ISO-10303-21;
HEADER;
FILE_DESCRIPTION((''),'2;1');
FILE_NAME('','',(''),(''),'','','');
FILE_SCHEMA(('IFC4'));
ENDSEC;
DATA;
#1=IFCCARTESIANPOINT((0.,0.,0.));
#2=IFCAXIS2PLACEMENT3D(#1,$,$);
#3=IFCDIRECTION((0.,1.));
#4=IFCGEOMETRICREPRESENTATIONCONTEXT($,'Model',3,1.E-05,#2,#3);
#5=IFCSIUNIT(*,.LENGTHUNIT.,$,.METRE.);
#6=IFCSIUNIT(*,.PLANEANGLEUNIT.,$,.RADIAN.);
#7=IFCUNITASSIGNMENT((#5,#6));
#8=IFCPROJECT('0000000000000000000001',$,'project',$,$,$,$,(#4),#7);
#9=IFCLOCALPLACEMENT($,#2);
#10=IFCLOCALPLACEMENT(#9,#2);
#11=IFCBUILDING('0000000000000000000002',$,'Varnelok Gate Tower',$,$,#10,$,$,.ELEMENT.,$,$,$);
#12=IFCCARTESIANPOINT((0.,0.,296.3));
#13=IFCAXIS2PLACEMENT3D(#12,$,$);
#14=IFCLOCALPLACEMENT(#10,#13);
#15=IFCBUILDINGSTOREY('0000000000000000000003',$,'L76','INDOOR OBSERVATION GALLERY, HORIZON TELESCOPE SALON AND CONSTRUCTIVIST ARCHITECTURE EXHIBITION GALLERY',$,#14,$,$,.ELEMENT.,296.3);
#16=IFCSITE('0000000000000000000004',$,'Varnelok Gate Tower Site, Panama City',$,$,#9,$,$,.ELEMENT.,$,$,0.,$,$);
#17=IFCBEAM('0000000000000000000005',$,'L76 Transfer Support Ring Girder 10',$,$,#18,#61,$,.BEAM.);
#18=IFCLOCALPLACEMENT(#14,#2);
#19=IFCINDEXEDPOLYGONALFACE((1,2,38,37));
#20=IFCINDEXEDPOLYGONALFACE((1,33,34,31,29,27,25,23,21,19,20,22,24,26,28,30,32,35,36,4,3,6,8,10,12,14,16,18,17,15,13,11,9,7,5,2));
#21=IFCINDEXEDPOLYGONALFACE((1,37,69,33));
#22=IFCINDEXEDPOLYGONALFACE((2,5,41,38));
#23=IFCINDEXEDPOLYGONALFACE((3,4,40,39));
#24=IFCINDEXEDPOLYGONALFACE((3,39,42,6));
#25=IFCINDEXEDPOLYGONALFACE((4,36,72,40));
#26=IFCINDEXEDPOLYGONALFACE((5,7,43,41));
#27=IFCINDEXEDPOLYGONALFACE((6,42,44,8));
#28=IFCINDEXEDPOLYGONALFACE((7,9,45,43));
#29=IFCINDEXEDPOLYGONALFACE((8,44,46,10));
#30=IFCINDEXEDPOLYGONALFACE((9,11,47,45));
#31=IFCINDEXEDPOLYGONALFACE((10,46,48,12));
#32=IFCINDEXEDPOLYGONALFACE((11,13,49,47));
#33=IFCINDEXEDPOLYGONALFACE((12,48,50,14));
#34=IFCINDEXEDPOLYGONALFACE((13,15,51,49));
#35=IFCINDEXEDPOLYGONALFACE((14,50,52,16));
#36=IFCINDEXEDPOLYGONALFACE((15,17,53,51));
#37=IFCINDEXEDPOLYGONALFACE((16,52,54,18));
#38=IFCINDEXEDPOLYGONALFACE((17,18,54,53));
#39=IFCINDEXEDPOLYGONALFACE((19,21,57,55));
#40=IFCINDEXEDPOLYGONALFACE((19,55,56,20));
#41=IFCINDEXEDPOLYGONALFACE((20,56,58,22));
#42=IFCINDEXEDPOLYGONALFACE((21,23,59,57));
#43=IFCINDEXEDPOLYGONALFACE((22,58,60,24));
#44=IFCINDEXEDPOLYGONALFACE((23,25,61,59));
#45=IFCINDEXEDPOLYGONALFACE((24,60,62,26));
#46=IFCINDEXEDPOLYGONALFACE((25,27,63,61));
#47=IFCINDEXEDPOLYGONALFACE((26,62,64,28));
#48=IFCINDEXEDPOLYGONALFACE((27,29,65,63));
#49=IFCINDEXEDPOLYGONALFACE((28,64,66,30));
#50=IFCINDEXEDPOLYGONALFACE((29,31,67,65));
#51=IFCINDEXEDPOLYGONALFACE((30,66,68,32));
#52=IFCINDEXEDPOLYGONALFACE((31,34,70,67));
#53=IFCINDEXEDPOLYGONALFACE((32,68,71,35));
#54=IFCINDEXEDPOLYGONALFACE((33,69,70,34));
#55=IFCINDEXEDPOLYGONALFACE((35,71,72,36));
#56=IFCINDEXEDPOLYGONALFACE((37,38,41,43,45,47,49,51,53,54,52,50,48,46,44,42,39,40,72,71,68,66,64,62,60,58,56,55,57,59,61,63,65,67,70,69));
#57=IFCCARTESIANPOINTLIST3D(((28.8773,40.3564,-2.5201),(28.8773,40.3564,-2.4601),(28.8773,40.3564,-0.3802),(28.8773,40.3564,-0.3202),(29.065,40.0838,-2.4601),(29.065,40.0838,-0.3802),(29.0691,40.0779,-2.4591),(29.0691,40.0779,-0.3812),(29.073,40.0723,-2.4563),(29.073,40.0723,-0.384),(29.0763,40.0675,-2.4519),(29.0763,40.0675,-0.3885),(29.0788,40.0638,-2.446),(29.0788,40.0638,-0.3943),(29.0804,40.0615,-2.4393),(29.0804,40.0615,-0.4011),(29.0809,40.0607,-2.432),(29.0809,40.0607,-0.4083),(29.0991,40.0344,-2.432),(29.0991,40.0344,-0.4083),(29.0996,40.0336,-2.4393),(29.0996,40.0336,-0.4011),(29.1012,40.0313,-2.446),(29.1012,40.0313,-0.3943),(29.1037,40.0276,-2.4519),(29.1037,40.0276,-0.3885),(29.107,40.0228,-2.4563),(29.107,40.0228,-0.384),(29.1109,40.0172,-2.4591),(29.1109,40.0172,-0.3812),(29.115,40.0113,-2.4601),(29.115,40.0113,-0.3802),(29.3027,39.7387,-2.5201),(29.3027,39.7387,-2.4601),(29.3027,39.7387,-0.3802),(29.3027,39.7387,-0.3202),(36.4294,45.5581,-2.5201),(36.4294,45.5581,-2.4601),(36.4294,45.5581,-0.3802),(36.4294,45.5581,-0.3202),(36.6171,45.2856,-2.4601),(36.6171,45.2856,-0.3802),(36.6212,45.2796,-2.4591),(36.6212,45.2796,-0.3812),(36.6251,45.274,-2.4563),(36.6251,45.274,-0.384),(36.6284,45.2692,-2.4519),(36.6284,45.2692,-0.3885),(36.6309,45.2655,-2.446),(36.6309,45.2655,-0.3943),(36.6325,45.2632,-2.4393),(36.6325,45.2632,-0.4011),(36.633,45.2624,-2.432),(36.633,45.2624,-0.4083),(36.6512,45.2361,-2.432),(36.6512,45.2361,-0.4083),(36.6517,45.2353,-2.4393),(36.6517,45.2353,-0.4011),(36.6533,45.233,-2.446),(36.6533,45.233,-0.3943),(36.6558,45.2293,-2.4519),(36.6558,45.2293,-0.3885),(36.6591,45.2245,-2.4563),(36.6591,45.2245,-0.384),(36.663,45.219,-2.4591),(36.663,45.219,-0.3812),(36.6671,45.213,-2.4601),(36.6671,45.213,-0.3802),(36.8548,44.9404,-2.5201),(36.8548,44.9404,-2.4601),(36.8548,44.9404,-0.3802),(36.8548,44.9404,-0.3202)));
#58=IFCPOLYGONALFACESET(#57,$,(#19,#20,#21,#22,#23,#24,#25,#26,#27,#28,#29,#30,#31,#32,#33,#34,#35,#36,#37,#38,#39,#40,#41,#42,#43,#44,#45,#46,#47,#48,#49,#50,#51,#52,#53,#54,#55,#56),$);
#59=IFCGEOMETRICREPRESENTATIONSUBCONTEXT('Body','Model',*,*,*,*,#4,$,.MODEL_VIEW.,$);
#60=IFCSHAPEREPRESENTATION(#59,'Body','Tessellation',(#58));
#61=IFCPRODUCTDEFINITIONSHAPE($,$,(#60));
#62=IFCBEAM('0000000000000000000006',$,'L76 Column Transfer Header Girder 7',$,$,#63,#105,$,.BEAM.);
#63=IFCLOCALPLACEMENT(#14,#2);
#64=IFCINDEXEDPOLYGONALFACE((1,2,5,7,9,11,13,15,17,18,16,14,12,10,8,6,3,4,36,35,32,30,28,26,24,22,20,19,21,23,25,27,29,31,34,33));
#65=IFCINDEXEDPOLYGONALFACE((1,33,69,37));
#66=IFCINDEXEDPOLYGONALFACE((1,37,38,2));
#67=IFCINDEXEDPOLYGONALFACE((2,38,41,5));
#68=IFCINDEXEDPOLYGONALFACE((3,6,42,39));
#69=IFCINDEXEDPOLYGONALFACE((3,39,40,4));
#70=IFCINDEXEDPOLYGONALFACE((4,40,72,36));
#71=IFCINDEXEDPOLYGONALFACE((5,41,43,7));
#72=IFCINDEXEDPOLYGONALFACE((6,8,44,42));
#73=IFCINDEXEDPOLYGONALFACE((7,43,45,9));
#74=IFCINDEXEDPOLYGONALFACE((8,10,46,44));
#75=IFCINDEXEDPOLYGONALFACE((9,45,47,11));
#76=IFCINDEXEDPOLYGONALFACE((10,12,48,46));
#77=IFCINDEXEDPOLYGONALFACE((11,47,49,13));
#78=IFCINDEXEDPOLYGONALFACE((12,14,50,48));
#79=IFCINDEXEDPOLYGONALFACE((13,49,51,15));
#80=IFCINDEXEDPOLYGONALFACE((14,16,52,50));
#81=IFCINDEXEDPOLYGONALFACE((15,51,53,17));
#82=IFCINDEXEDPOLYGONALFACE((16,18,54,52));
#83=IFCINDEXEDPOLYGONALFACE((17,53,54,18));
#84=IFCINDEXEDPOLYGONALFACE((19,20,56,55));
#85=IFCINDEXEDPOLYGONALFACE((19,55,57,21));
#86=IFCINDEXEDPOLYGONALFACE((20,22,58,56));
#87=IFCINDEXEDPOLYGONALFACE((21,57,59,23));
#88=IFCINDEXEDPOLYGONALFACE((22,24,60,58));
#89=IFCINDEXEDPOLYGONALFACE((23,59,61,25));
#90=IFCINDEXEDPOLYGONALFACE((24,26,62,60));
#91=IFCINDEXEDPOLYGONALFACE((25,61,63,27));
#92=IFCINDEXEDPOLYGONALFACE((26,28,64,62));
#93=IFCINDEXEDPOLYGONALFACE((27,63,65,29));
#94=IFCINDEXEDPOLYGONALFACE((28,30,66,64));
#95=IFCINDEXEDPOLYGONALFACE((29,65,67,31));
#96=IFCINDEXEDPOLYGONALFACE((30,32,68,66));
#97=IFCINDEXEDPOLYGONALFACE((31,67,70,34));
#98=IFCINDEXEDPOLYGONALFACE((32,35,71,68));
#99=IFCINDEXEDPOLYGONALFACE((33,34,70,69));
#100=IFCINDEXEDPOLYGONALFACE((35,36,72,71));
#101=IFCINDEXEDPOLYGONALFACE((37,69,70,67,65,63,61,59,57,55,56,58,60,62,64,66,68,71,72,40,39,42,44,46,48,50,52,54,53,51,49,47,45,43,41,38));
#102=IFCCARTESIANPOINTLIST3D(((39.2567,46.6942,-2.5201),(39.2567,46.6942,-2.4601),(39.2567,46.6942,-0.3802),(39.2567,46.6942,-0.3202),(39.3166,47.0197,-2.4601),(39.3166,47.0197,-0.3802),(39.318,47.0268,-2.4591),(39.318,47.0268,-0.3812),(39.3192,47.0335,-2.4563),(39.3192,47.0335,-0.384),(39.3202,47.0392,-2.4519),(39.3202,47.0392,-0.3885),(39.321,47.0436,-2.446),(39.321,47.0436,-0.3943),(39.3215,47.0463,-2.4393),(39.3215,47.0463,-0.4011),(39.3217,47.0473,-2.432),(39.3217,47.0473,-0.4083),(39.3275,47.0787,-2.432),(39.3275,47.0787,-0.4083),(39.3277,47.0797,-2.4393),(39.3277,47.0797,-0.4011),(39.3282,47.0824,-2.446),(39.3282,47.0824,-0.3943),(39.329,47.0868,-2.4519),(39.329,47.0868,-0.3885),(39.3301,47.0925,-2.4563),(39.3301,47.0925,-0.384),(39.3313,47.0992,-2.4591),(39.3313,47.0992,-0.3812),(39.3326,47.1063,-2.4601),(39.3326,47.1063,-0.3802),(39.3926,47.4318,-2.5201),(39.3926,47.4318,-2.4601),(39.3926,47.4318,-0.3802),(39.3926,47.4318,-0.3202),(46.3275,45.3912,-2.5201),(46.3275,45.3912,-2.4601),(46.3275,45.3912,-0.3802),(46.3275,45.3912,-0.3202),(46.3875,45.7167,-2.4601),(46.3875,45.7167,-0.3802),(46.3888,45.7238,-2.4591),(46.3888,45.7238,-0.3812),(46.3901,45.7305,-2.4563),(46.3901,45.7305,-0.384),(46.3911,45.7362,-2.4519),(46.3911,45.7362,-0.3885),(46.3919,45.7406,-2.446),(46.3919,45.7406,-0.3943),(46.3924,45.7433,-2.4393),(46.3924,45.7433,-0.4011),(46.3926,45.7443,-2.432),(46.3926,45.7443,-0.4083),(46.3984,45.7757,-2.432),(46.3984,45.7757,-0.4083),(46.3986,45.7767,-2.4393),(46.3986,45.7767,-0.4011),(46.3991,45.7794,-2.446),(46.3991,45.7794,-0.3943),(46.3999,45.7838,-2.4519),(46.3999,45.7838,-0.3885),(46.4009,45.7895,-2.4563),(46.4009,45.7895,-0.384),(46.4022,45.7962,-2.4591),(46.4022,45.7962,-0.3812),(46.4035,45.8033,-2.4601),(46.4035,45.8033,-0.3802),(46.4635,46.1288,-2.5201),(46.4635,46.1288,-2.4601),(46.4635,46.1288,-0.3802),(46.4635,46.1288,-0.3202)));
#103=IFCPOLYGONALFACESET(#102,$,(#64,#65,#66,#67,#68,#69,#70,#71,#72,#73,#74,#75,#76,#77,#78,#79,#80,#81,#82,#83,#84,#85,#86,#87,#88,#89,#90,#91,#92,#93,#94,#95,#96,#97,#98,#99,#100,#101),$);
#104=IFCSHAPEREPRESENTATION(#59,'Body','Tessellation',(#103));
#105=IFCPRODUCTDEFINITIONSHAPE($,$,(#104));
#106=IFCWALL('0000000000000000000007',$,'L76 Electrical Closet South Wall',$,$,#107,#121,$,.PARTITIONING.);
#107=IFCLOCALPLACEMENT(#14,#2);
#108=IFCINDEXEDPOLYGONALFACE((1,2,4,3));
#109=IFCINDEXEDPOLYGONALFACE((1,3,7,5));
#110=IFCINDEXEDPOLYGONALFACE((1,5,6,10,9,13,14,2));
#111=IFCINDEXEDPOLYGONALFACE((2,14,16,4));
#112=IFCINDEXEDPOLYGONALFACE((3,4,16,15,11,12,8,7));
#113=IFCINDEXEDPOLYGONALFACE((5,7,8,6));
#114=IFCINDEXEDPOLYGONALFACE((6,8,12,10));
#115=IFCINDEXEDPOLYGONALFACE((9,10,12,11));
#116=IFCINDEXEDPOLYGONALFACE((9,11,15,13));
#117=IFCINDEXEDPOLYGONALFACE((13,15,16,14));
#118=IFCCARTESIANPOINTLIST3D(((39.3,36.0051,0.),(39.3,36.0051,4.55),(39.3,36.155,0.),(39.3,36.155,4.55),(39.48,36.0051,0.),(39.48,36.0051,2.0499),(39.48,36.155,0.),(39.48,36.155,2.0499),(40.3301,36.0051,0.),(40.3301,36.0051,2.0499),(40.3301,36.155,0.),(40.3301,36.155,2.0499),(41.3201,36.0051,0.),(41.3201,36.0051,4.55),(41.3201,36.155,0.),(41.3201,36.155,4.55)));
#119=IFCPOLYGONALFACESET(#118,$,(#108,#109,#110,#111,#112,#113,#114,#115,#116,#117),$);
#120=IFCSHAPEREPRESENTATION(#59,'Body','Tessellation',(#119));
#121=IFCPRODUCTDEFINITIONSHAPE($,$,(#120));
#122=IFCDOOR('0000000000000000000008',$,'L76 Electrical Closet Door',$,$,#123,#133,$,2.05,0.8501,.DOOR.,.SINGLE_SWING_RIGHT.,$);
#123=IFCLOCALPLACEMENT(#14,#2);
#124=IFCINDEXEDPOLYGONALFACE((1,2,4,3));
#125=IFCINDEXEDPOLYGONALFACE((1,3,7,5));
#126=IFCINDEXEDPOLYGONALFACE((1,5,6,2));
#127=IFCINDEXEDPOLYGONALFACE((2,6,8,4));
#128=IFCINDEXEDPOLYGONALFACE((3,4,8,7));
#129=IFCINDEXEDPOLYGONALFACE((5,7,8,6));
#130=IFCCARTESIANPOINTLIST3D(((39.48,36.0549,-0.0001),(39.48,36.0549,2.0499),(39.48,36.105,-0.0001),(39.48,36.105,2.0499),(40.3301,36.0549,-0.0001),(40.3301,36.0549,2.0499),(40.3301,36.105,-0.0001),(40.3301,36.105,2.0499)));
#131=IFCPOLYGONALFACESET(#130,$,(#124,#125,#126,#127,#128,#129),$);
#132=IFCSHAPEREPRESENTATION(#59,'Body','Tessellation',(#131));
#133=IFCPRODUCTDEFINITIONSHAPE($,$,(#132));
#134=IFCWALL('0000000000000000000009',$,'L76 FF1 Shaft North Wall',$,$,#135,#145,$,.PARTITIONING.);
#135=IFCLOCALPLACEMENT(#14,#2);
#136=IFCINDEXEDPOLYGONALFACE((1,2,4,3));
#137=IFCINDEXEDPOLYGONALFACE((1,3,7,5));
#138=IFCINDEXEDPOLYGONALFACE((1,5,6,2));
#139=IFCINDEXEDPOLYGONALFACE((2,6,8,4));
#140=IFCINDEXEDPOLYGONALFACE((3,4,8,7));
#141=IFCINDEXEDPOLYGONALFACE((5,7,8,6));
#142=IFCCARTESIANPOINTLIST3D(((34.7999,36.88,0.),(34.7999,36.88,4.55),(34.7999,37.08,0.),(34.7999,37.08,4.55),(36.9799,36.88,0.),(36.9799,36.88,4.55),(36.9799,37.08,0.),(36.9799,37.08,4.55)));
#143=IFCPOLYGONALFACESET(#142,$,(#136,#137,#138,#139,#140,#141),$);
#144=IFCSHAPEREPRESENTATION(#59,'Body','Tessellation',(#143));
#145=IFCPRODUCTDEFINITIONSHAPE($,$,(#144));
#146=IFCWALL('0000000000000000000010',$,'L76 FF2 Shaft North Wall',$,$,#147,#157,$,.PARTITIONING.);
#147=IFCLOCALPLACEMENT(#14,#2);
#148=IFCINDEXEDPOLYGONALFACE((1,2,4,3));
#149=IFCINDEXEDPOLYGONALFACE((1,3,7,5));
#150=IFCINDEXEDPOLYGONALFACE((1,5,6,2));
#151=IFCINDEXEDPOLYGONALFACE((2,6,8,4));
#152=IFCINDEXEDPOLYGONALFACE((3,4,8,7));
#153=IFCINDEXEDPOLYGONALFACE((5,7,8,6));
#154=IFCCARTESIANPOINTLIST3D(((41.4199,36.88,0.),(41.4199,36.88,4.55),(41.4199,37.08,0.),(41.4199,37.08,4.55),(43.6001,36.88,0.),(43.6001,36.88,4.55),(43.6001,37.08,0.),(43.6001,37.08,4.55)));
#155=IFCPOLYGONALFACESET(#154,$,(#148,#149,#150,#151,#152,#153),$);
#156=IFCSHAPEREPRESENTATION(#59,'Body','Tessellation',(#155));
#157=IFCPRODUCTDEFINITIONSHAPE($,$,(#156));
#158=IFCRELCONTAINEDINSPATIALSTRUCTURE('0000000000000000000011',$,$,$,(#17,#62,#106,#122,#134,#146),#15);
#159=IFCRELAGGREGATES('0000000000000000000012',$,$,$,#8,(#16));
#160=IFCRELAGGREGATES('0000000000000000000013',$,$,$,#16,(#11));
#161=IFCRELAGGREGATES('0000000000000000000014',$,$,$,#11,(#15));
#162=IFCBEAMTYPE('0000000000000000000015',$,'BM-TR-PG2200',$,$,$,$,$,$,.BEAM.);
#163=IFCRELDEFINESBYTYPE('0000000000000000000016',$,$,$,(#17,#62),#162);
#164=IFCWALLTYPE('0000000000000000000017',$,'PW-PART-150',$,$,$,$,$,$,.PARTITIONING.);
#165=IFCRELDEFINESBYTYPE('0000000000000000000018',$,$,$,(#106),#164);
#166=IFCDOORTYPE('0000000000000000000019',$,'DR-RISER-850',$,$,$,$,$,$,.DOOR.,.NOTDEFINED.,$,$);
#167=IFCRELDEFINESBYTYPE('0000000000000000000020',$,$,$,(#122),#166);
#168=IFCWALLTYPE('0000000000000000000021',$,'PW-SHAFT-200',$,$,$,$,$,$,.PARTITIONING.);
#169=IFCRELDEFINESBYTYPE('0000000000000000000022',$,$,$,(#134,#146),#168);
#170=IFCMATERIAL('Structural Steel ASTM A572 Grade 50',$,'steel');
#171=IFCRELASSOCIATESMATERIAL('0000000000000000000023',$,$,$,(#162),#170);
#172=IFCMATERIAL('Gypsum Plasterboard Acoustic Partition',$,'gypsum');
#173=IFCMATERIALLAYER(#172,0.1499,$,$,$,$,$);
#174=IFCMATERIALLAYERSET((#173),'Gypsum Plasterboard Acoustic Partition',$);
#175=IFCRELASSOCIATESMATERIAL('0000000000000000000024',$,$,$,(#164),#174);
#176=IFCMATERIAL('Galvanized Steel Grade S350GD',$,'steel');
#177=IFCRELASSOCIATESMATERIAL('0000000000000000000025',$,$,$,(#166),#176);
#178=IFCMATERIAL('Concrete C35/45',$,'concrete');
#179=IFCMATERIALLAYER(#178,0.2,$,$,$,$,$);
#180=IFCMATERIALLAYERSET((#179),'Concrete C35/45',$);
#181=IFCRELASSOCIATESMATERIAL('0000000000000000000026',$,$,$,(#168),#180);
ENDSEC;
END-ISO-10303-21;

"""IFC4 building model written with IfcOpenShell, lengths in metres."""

from ifc_helpers import new_model, si_unit, direction, frame, frame_2d, origin, origin_2d, place, context, subcontext, project, spatial, rectangle, i_section, extrude, material, layer, layer_set, material_profile, profile_set, type_object, element, fill, save


model = new_model("IFC4")

# Units and contexts
model_context = context("Model", 3, precision=1e-05, world=origin(), true_north=direction((0.0, 1.0)))
body_context = subcontext(model_context, "Body", "Model", "MODEL_VIEW")
ifc_project = project(units=[si_unit("LENGTHUNIT", "METRE"), si_unit("PLANEANGLEUNIT", "RADIAN")], contexts=[model_context])

# Site, building, storey
site_placement = place(None, origin())
site = spatial("IfcSite", under=ifc_project, at=site_placement, Name="Varnelok Gate Tower Site, Panama City", CompositionType="ELEMENT", RefElevation=0.0)
building_placement = place(site_placement, origin())
building = spatial("IfcBuilding", under=site, at=building_placement, Name="Varnelok Gate Tower", CompositionType="ELEMENT")
storey_placement = place(building_placement, frame((0.0, 0.0, 296.3)))
storey = spatial("IfcBuildingStorey", under=building, at=storey_placement, Name="L76", Description="INDOOR OBSERVATION GALLERY, HORIZON TELESCOPE SALON AND CONSTRUCTIVIST ARCHITECTURE EXHIBITION GALLERY", CompositionType="ELEMENT", Elevation=296.3)

# Beams
ifc_material_1 = material(Name="Structural Steel ASTM A572 Grade 50", Category="steel")
ifc_material_profile_1 = material_profile(ifc_material_1, i_section(OverallWidth=0.75, OverallDepth=2.2, WebThickness=0.032, FlangeThickness=0.0601, FilletRadius=0.0281, at=origin_2d()), Name="PG2200X750")
ifc_profile_set_1 = profile_set([ifc_material_profile_1], Name="Structural Steel ASTM A572 Grade 50")
beam_type = type_object("IfcBeamType", Name="BM-TR-PG2200", PredefinedType="BEAM", material=ifc_profile_set_1)
for number, where, z_axis, x_axis, name in (
    (1, (36.6421, 45.2493, -1.4202), (-0.82355, -0.567244, 0.0), (0.567244, -0.82355, 0.0), "L76 Transfer Support Ring Girder 10"),
):
    element("IfcBeam", number, at=place(storey_placement, frame(where, z_axis=z_axis, x_axis=x_axis)), inside=storey, type_object=beam_type, Name=name, PredefinedType="BEAM", context=body_context, shape_type="SweptSolid", body=[
        extrude(i_section(OverallWidth=0.75, OverallDepth=2.2, WebThickness=0.032, FlangeThickness=0.0601, FilletRadius=0.0281, at=origin_2d()), origin(), (0.0, 0.0, 1.0), 9.1702),
    ])
beam_placement = place(storey_placement, frame((46.3955, 45.76, -1.4202), z_axis=(-0.983442, 0.181225, 0.0), x_axis=(-0.181225, -0.983442, 0.0)))
element("IfcBeam", 2, at=beam_placement, inside=storey, type_object=beam_type, Name="L76 Column Transfer Header Girder 7", PredefinedType="BEAM", context=body_context, shape_type="SweptSolid", body=[
    extrude(i_section(OverallWidth=0.75, OverallDepth=2.2, WebThickness=0.032, FlangeThickness=0.0601, FilletRadius=0.0281, at=origin_2d()), origin(), (0.0, 0.0, 1.0), 7.1899),
])

# Wall, opening, door
ifc_material_2 = material(Name="Gypsum Plasterboard Acoustic Partition", Category="gypsum")
ifc_layer_1 = layer(ifc_material_2, 0.1499)
ifc_layer_set_1 = layer_set([ifc_layer_1], Name="Gypsum Plasterboard Acoustic Partition")
wall_type_1 = type_object("IfcWallType", Name="PW-PART-150", PredefinedType="PARTITIONING", material=ifc_layer_set_1)
wall_1_placement = place(storey_placement, frame((39.3, 36.0801, 0.0), z_axis=(0.0, 0.0, 1.0), x_axis=(1.0, 0.0, 0.0)))
wall_1 = element("IfcWall", 3, at=wall_1_placement, inside=storey, type_object=wall_type_1, Name="L76 Electrical Closet South Wall", PredefinedType="PARTITIONING", context=body_context, shape_type="SweptSolid", body=[
    extrude(rectangle(XDim=2.02, YDim=0.1499, at=frame_2d((1.01, 0.0))), origin(), (0.0, 0.0, 1.0), 4.55),
])
opening_1_placement = place(wall_1_placement, frame((0.1799, 0.0, 0.0)))
opening_1 = element("IfcOpeningElement", 4, at=opening_1_placement, cuts=wall_1, PredefinedType="OPENING", context=body_context, shape_type="SweptSolid", body=[
    extrude(rectangle(XDim=0.8501, YDim=2.05, at=frame_2d((0.425, 1.0249))), frame((0.0, 0.085, 0.0), z_axis=(0.0, -1.0, 0.0), x_axis=(1.0, 0.0, 0.0)), (0.0, 0.0, 1.0), 0.1699),
])
ifc_material_3 = material(Name="Galvanized Steel Grade S350GD", Category="steel")
door_type_1 = type_object("IfcDoorType", Name="DR-RISER-850", OperationType="NOTDEFINED", PredefinedType="DOOR", material=ifc_material_3)
door_1_placement = place(opening_1_placement, origin())
door_1 = element("IfcDoor", 5, at=door_1_placement, inside=storey, type_object=door_type_1, Name="L76 Electrical Closet Door", OperationType="SINGLE_SWING_RIGHT", OverallHeight=2.05, OverallWidth=0.8501, PredefinedType="DOOR", context=body_context, shape_type="SweptSolid", body=[
    extrude(rectangle(XDim=0.8501, YDim=2.05, at=frame_2d((0.425, 1.0249))), frame((0.0, 0.0249, 0.0), z_axis=(0.0, -1.0, 0.0), x_axis=(1.0, 0.0, 0.0)), (0.0, 0.0, 1.0), 0.05),
])
fill(opening_1, door_1)

# Walls
ifc_material_4 = material(Name="Concrete C35/45", Category="concrete")
ifc_layer_2 = layer(ifc_material_4, 0.2)
ifc_layer_set_2 = layer_set([ifc_layer_2], Name="Concrete C35/45")
wall_type_2 = type_object("IfcWallType", Name="PW-SHAFT-200", PredefinedType="PARTITIONING", material=ifc_layer_set_2)
wall_2_placement = place(storey_placement, frame((34.8, 36.98, 0.0), z_axis=(0.0, 0.0, 1.0), x_axis=(1.0, 0.0, 0.0)))
element("IfcWall", 6, at=wall_2_placement, inside=storey, type_object=wall_type_2, Name="L76 FF1 Shaft North Wall", PredefinedType="PARTITIONING", context=body_context, shape_type="SweptSolid", body=[
    extrude(rectangle(XDim=2.1799, YDim=0.2, at=frame_2d((1.0898, 0.0))), origin(), (0.0, 0.0, 1.0), 4.55),
])
wall_3_placement = place(storey_placement, frame((41.4199, 36.98, 0.0), z_axis=(0.0, 0.0, 1.0), x_axis=(1.0, 0.0, 0.0)))
element("IfcWall", 7, at=wall_3_placement, inside=storey, type_object=wall_type_2, Name="L76 FF2 Shaft North Wall", PredefinedType="PARTITIONING", context=body_context, shape_type="SweptSolid", body=[
    extrude(rectangle(XDim=2.1802, YDim=0.2, at=frame_2d((1.0901, 0.0))), origin(), (0.0, 0.0, 1.0), 4.55),
])

save(model, "model.ifc")
